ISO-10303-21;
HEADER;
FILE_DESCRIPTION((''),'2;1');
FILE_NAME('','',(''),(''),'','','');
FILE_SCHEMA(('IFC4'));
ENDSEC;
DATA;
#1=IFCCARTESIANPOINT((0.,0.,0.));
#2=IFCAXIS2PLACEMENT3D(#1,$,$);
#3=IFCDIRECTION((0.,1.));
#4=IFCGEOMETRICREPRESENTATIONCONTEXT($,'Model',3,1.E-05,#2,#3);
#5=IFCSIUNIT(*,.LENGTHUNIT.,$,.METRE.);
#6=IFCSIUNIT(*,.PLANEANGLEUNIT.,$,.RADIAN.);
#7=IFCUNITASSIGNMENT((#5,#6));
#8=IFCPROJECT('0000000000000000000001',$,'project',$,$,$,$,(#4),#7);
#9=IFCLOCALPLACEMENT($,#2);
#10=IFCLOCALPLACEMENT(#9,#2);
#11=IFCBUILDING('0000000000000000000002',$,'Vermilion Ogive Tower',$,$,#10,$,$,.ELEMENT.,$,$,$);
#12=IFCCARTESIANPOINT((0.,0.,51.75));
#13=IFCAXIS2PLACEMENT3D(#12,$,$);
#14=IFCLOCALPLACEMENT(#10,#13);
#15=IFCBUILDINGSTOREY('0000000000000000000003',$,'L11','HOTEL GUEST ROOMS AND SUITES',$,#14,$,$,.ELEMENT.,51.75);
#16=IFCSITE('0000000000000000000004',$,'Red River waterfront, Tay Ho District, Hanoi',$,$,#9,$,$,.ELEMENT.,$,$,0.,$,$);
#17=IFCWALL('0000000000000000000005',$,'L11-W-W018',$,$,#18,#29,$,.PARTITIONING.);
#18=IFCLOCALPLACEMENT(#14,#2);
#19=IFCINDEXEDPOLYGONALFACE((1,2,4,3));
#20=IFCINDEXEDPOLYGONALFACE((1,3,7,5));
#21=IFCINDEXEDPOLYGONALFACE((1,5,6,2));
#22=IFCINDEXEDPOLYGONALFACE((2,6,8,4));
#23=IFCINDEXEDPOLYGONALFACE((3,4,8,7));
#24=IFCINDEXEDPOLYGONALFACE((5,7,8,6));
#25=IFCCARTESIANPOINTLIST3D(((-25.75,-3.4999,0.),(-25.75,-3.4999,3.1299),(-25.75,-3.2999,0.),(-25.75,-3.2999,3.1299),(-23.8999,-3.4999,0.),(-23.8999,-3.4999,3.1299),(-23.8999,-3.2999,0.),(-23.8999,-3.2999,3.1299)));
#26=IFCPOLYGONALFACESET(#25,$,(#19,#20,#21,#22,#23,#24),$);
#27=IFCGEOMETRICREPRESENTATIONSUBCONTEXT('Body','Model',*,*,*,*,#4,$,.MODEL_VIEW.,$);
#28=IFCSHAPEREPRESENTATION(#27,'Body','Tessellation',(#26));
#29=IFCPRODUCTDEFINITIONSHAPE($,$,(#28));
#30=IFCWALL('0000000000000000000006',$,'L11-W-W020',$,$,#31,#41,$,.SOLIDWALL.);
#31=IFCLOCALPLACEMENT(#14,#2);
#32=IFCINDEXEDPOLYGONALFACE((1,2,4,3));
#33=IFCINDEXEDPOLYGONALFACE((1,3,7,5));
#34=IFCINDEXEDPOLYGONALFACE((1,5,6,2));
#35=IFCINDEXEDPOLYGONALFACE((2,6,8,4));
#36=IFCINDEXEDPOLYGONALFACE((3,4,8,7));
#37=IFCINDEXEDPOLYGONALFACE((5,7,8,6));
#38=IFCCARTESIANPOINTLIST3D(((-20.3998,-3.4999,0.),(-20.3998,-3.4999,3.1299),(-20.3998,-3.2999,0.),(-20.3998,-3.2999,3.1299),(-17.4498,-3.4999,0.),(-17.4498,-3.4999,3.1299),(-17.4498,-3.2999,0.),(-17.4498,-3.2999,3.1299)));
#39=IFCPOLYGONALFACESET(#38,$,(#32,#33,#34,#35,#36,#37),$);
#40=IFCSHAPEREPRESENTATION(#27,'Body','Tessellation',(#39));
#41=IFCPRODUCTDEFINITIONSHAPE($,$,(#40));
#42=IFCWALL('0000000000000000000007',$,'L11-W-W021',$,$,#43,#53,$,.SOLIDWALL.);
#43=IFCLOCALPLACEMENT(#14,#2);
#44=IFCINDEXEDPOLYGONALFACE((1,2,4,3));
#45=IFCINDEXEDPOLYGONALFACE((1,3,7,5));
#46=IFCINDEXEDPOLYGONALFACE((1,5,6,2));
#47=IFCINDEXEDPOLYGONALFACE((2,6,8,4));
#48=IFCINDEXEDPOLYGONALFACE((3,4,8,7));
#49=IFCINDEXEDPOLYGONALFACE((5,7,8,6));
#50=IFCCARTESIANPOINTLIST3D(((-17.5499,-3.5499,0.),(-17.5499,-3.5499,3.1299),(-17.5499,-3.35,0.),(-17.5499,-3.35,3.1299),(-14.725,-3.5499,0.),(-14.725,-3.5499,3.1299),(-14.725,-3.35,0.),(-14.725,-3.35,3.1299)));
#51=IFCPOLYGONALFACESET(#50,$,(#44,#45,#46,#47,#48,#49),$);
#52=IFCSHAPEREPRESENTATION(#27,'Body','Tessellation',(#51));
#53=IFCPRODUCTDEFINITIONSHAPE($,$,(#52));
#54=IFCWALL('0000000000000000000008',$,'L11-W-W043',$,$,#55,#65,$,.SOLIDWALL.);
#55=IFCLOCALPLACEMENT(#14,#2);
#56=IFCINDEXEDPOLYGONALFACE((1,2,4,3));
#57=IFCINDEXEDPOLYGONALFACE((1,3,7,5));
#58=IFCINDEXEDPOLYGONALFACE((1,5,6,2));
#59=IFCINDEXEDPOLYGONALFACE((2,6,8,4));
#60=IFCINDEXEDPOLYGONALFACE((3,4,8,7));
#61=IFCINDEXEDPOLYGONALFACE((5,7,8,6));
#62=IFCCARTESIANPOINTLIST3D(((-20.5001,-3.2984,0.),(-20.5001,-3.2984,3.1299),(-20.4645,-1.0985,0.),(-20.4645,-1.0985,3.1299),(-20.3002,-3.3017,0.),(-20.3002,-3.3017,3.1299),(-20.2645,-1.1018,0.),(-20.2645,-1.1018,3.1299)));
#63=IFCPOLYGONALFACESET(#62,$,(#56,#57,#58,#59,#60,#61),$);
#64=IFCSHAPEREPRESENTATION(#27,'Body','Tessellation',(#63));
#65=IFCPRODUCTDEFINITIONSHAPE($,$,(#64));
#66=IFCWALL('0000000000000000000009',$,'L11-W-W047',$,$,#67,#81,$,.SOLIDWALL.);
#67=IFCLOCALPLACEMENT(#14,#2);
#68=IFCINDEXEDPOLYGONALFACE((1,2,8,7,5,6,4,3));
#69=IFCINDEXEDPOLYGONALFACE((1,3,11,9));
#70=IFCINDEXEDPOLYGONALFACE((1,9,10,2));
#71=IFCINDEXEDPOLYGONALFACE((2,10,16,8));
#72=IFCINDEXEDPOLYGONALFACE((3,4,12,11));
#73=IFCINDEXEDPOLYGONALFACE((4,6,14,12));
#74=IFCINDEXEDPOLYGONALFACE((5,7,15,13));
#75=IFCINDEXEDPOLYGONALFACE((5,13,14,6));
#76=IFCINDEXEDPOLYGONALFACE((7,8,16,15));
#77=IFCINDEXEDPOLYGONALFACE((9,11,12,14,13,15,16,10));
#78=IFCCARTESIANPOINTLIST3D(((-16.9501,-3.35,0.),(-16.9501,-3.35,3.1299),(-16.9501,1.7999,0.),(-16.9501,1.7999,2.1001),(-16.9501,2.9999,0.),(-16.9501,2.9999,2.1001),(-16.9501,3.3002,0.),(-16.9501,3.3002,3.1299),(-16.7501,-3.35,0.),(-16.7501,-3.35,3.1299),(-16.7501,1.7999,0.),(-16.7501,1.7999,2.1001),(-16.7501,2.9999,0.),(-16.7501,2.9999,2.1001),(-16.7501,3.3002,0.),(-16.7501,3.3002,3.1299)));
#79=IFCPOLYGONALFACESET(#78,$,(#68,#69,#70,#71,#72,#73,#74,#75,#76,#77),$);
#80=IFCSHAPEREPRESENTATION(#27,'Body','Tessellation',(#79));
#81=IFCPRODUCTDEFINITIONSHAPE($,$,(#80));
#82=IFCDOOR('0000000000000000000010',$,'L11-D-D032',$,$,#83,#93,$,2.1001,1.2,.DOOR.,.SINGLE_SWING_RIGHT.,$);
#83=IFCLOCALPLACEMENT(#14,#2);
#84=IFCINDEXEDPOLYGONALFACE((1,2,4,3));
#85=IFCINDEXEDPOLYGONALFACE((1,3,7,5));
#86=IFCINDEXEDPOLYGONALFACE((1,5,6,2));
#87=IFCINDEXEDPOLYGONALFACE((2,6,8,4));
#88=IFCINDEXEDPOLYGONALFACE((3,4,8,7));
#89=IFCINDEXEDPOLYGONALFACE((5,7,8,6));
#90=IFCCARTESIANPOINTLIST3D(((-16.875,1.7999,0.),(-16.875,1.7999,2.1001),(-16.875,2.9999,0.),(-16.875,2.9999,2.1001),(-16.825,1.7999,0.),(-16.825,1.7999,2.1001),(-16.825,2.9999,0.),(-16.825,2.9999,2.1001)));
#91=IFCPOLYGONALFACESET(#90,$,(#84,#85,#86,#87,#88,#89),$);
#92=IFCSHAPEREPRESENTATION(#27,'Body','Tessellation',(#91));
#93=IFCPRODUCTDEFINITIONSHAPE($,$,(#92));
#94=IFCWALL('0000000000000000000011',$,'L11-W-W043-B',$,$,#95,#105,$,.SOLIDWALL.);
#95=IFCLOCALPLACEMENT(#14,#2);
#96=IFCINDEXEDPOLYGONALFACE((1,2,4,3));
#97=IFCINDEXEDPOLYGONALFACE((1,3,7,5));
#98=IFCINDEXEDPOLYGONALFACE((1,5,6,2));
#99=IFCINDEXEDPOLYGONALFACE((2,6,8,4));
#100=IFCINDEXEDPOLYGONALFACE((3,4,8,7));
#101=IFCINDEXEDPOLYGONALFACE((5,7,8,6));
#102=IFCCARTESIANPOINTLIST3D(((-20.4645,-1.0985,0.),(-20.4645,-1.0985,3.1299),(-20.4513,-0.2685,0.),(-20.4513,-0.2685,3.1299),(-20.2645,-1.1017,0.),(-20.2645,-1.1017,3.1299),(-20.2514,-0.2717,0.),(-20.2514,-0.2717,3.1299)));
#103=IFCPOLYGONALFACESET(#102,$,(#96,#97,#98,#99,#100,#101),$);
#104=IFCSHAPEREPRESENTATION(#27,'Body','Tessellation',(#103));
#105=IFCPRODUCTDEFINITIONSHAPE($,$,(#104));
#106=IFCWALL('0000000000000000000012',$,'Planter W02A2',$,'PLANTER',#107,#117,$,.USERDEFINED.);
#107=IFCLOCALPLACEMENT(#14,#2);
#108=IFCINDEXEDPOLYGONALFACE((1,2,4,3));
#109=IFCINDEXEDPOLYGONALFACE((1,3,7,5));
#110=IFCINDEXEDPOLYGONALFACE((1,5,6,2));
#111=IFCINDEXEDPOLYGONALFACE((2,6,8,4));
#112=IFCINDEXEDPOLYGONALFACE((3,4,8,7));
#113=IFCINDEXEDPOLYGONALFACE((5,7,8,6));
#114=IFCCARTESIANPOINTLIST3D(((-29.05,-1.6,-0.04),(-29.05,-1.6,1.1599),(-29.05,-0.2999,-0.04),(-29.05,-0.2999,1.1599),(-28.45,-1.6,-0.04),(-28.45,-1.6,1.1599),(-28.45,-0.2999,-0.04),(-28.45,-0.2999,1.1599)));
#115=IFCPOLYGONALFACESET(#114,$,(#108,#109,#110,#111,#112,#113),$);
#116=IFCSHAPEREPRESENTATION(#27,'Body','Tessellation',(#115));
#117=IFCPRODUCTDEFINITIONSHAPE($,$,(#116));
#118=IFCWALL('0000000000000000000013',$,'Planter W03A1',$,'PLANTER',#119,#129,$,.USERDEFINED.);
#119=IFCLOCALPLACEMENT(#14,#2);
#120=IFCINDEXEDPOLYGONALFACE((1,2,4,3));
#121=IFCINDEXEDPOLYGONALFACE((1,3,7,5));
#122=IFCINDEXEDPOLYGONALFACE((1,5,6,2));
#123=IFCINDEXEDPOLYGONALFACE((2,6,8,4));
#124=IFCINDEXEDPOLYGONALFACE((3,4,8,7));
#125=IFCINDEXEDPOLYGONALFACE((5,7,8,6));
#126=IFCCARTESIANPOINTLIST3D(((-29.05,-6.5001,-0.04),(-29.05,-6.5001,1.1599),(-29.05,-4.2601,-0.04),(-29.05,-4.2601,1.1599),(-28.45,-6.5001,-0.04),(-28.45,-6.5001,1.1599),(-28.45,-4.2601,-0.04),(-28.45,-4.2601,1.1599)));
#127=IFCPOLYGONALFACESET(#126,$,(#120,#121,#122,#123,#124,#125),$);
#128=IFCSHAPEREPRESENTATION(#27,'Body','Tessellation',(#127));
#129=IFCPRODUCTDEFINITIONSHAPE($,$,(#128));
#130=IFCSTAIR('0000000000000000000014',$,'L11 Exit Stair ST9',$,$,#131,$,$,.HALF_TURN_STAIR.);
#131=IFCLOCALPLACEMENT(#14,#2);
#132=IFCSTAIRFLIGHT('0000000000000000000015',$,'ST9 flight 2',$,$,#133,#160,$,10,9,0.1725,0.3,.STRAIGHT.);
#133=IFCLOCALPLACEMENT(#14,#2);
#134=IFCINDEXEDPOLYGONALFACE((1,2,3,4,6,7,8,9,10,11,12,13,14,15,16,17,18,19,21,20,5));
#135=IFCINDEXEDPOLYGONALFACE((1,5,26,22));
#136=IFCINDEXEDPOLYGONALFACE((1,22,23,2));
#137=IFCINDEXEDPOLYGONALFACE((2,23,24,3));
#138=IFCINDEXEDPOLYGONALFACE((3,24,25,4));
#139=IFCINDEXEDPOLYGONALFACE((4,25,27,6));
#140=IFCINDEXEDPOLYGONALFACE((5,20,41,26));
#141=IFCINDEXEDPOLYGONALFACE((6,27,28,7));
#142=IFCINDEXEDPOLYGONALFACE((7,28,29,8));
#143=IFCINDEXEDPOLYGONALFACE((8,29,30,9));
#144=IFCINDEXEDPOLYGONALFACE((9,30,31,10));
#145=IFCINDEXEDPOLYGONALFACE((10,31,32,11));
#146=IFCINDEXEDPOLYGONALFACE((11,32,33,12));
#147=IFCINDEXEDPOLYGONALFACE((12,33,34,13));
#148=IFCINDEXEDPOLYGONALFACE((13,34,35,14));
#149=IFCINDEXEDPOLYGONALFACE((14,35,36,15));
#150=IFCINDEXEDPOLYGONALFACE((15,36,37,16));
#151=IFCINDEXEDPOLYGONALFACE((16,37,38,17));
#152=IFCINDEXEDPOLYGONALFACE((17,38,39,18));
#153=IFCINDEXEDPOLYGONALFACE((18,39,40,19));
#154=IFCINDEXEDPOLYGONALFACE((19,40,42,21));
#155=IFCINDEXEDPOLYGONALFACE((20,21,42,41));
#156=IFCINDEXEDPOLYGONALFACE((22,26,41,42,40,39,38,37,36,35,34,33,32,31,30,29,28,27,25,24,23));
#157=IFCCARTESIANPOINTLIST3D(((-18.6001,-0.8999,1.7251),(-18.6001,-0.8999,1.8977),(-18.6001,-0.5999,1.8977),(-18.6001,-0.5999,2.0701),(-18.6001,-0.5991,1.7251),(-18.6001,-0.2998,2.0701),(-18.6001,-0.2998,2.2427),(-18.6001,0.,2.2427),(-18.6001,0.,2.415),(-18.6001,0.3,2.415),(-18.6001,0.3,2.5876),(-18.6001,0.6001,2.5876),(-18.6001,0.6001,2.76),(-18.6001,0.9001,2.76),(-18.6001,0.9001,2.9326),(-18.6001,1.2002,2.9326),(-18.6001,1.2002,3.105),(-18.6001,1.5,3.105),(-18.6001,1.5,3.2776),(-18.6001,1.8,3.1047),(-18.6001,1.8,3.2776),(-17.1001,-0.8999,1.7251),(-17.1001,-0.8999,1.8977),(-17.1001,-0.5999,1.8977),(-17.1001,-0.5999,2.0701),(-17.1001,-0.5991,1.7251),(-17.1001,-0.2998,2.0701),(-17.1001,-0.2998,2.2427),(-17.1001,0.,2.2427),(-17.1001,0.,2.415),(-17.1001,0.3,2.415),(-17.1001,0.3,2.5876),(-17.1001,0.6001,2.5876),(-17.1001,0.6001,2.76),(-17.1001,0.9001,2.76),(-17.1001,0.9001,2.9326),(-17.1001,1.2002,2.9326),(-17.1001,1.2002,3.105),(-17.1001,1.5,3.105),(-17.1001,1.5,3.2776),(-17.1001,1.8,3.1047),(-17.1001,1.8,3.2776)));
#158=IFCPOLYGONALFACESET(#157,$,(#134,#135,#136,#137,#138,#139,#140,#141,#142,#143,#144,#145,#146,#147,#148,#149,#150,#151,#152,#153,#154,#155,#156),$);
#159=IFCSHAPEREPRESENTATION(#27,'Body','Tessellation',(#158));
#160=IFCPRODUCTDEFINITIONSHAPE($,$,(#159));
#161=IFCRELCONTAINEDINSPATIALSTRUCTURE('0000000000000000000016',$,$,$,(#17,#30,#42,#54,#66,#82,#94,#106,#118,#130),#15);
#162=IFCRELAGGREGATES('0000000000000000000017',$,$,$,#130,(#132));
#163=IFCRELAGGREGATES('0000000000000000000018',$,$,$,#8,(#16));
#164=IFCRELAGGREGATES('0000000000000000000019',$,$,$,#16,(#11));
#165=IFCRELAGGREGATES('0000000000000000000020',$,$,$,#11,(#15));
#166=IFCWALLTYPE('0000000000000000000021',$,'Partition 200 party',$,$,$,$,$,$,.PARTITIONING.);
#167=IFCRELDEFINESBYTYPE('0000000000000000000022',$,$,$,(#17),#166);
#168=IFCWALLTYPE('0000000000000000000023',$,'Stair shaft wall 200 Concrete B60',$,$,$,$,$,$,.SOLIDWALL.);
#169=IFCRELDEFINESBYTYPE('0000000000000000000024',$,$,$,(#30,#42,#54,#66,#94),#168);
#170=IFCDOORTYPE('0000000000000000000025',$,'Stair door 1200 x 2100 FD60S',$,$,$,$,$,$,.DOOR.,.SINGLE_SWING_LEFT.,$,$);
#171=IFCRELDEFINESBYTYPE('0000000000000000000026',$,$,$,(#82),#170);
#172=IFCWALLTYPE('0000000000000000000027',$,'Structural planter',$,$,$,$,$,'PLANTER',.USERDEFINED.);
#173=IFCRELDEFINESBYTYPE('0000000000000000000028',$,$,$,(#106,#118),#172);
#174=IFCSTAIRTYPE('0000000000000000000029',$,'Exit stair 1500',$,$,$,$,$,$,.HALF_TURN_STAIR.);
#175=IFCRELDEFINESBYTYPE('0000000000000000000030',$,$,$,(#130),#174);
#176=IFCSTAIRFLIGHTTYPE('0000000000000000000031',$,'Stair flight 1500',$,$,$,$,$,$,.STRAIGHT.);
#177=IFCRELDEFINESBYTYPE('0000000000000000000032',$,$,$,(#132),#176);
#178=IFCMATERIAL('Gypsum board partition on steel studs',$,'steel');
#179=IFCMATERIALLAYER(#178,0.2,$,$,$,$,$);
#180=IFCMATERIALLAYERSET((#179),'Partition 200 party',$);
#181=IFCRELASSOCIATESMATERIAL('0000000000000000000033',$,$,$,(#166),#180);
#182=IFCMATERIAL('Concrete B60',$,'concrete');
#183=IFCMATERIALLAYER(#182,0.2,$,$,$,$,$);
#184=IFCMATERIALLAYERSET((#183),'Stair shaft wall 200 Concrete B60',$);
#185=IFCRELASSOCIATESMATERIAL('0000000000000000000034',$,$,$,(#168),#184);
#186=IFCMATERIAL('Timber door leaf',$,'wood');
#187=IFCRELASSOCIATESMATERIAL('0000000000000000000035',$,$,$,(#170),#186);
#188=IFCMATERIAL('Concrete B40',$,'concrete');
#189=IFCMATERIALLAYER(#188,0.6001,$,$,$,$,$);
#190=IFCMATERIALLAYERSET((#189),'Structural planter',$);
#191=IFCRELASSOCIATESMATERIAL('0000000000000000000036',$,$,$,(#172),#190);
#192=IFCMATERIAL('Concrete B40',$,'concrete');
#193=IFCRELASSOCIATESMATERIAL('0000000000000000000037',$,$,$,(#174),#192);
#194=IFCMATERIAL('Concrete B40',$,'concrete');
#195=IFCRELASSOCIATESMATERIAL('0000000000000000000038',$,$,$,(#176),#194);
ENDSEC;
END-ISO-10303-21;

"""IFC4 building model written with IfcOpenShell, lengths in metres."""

from ifc_helpers import new_model, si_unit, direction, frame, frame_2d, origin, place, context, subcontext, project, spatial, polyline, rectangle, outline, extrude, material, layer, layer_set, type_object, element, fill, aggregate, save


model = new_model("IFC4")

# Units and contexts
model_context = context("Model", 3, precision=1e-05, world=origin(), true_north=direction((0.0, 1.0)))
body_context = subcontext(model_context, "Body", "Model", "MODEL_VIEW")
ifc_project = project(units=[si_unit("LENGTHUNIT", "METRE"), si_unit("PLANEANGLEUNIT", "RADIAN")], contexts=[model_context])

# Site, building, storey
site_placement = place(None, origin())
site = spatial("IfcSite", under=ifc_project, at=site_placement, Name="Red River waterfront, Tay Ho District, Hanoi", CompositionType="ELEMENT", RefElevation=0.0)
building_placement = place(site_placement, origin())
building = spatial("IfcBuilding", under=site, at=building_placement, Name="Vermilion Ogive Tower", CompositionType="ELEMENT")
storey_placement = place(building_placement, frame((0.0, 0.0, 51.75)))
storey = spatial("IfcBuildingStorey", under=building, at=storey_placement, Name="L11", Description="HOTEL GUEST ROOMS AND SUITES", CompositionType="ELEMENT", Elevation=51.75)

# Walls
ifc_material_1 = material(Name="Gypsum board partition on steel studs", Category="steel")
ifc_layer_1 = layer(ifc_material_1, 0.2)
ifc_layer_set_1 = layer_set([ifc_layer_1], Name="Partition 200 party")
wall_type_1 = type_object("IfcWallType", Name="Partition 200 party", PredefinedType="PARTITIONING", material=ifc_layer_set_1)
wall_1_placement = place(storey_placement, frame((-25.75, -3.3999, 0.0), z_axis=(0.0, 0.0, 1.0), x_axis=(1.0, 0.0, 0.0)))
element("IfcWall", 1, at=wall_1_placement, inside=storey, type_object=wall_type_1, Name="L11-W-W018", PredefinedType="PARTITIONING", context=body_context, shape_type="SweptSolid", body=[
    extrude(rectangle(XDim=1.8501, YDim=0.2, at=frame_2d((0.925, 0.0))), origin(), (0.0, 0.0, 1.0), 3.1299),
])
ifc_material_2 = material(Name="Concrete B60", Category="concrete")
ifc_layer_2 = layer(ifc_material_2, 0.2)
ifc_layer_set_2 = layer_set([ifc_layer_2], Name="Stair shaft wall 200 Concrete B60")
wall_type_2 = type_object("IfcWallType", Name="Stair shaft wall 200 Concrete B60", PredefinedType="SOLIDWALL", material=ifc_layer_set_2)
wall_2_placement = place(storey_placement, frame((-20.3999, -3.3999, 0.0), z_axis=(0.0, 0.0, 1.0), x_axis=(1.0, 0.0, 0.0)))
element("IfcWall", 2, at=wall_2_placement, inside=storey, type_object=wall_type_2, Name="L11-W-W020", PredefinedType="SOLIDWALL", context=body_context, shape_type="SweptSolid", body=[
    extrude(rectangle(XDim=2.95, YDim=0.2, at=frame_2d((1.4751, 0.0))), origin(), (0.0, 0.0, 1.0), 3.1299),
])
wall_3_placement = place(storey_placement, frame((-17.55, -3.45, 0.0), z_axis=(0.0, 0.0, 1.0), x_axis=(1.0, 0.0, 0.0)))
element("IfcWall", 3, at=wall_3_placement, inside=storey, type_object=wall_type_2, Name="L11-W-W021", PredefinedType="SOLIDWALL", context=body_context, shape_type="SweptSolid", body=[
    extrude(rectangle(XDim=2.825, YDim=0.2, at=frame_2d((1.4126, 0.0))), origin(), (0.0, 0.0, 1.0), 3.1299),
])
wall_4_placement = place(storey_placement, frame((-20.4001, -3.3, 0.0), z_axis=(0.0, 0.0, 1.0), x_axis=(0.0162, 0.999869, 0.0)))
element("IfcWall", 4, at=wall_4_placement, inside=storey, type_object=wall_type_2, Name="L11-W-W043", PredefinedType="SOLIDWALL", context=body_context, shape_type="SweptSolid", body=[
    extrude(rectangle(XDim=2.2002, YDim=0.2, at=frame_2d((1.1001, 0.0))), origin(), (0.0, 0.0, 1.0), 3.1299),
])

# Wall, opening, door
wall_5_placement = place(storey_placement, frame((-16.8501, -3.3501, 0.0), z_axis=(0.0, 0.0, 1.0), x_axis=(0.0, 1.0, 0.0)))
wall_5 = element("IfcWall", 5, at=wall_5_placement, inside=storey, type_object=wall_type_2, Name="L11-W-W047", PredefinedType="SOLIDWALL", context=body_context, shape_type="SweptSolid", body=[
    extrude(rectangle(XDim=6.6501, YDim=0.2, at=frame_2d((3.3252, 0.0))), origin(), (0.0, 0.0, 1.0), 3.1299),
])
opening_1_placement = place(wall_5_placement, frame((5.1499, 0.0, 0.0)))
opening_1 = element("IfcOpeningElement", 6, at=opening_1_placement, cuts=wall_5, PredefinedType="OPENING", context=body_context, shape_type="SweptSolid", body=[
    extrude(rectangle(XDim=1.2, YDim=2.1001, at=frame_2d((0.6001, 1.05))), frame((0.0, 0.1099, 0.0), z_axis=(0.0, -1.0, 0.0), x_axis=(1.0, 0.0, 0.0)), (0.0, 0.0, 1.0), 0.22),
])
ifc_material_3 = material(Name="Timber door leaf", Category="wood")
door_type_1 = type_object("IfcDoorType", Name="Stair door 1200 x 2100 FD60S", OperationType="SINGLE_SWING_LEFT", PredefinedType="DOOR", material=ifc_material_3)
door_1_placement = place(opening_1_placement, origin())
door_1 = element("IfcDoor", 7, at=door_1_placement, inside=storey, type_object=door_type_1, Name="L11-D-D032", OperationType="SINGLE_SWING_RIGHT", OverallHeight=2.1001, OverallWidth=1.2, PredefinedType="DOOR", context=body_context, shape_type="SweptSolid", body=[
    extrude(rectangle(XDim=1.2, YDim=2.1001, at=frame_2d((0.6001, 1.05))), frame((0.0, 0.0249, 0.0), z_axis=(0.0, -1.0, 0.0), x_axis=(1.0, 0.0, 0.0)), (0.0, 0.0, 1.0), 0.05),
])
fill(opening_1, door_1)

# Walls
wall_6_placement = place(storey_placement, frame((-20.3645, -1.1001, 0.0), z_axis=(0.0, 0.0, 1.0), x_axis=(0.01588, 0.999874, 0.0)))
element("IfcWall", 8, at=wall_6_placement, inside=storey, type_object=wall_type_2, Name="L11-W-W043-B", PredefinedType="SOLIDWALL", context=body_context, shape_type="SweptSolid", body=[
    extrude(rectangle(XDim=0.8301, YDim=0.2, at=frame_2d((0.415, 0.0))), origin(), (0.0, 0.0, 1.0), 3.1299),
])
ifc_material_4 = material(Name="Concrete B40", Category="concrete")
ifc_layer_3 = layer(ifc_material_4, 0.6001)
ifc_layer_set_3 = layer_set([ifc_layer_3], Name="Structural planter")
wall_type_3 = type_object("IfcWallType", Name="Structural planter", ElementType="PLANTER", PredefinedType="USERDEFINED", material=ifc_layer_set_3)
wall_7_placement = place(storey_placement, frame((-28.75, -0.3, -0.04), z_axis=(0.0, 0.0, 1.0), x_axis=(0.0, -1.0, 0.0)))
element("IfcWall", 9, at=wall_7_placement, inside=storey, type_object=wall_type_3, Name="Planter W02A2", ObjectType="PLANTER", PredefinedType="USERDEFINED", context=body_context, shape_type="SweptSolid", body=[
    extrude(rectangle(XDim=1.3, YDim=0.6001, at=frame_2d((0.6499, 0.0))), origin(), (0.0, 0.0, 1.0), 1.2),
])
wall_8_placement = place(storey_placement, frame((-28.75, -4.26, -0.04), z_axis=(0.0, 0.0, 1.0), x_axis=(0.0, -1.0, 0.0)))
element("IfcWall", 10, at=wall_8_placement, inside=storey, type_object=wall_type_3, Name="Planter W03A1", ObjectType="PLANTER", PredefinedType="USERDEFINED", context=body_context, shape_type="SweptSolid", body=[
    extrude(rectangle(XDim=2.24, YDim=0.6001, at=frame_2d((1.1201, 0.0))), origin(), (0.0, 0.0, 1.0), 1.2),
])

# Stair, stair flight
ifc_material_5 = material(Name="Concrete B40", Category="concrete")
stair_type = type_object("IfcStairType", Name="Exit stair 1500", PredefinedType="HALF_TURN_STAIR", material=ifc_material_5)
stair_placement = place(storey_placement, origin())
stair = element("IfcStair", 11, at=stair_placement, inside=storey, type_object=stair_type, Name="L11 Exit Stair ST9", PredefinedType="HALF_TURN_STAIR")
ifc_material_6 = material(Name="Concrete B40", Category="concrete")
stair_flight_type = type_object("IfcStairFlightType", Name="Stair flight 1500", PredefinedType="STRAIGHT", material=ifc_material_6)
stair_flight_placement = place(storey_placement, frame((-17.8501, -0.8999, 1.7251), z_axis=(0.0, 0.0, 1.0), x_axis=(0.0, 1.0, 0.0)))
stair_flight = element("IfcStairFlight", 12, at=stair_flight_placement, type_object=stair_flight_type, Name="ST9 flight 2", NumberOfRisers=10, NumberOfTreads=9, PredefinedType="STRAIGHT", RiserHeight=0.1725, TreadLength=0.3, context=body_context, shape_type="SweptSolid", body=[
    extrude(outline(polyline([(0.0, 0.0), (0.0, 0.1726), (0.3, 0.1726), (0.3, 0.345), (0.6001, 0.345), (0.6001, 0.5176), (0.8999, 0.5176), (0.8999, 0.6899), (1.2, 0.6899), (1.2, 0.8625), (1.5, 0.8625), (1.5, 1.0349), (1.8, 1.0349), (1.8, 1.2075), (2.1001, 1.2075), (2.1001, 1.3799), (2.3999, 1.3799), (2.3999, 1.5525), (2.7, 1.5525), (2.7, 1.7251), (2.7, 1.3796), (0.3008, 0.0), (0.0, 0.0)])), frame((0.0, 0.75, 0.0), z_axis=(0.0, -1.0, 0.0), x_axis=(1.0, 0.0, 0.0)), (0.0, 0.0, 1.0), 1.5),
])
aggregate(stair, [stair_flight])

save(model, "model.ifc")
